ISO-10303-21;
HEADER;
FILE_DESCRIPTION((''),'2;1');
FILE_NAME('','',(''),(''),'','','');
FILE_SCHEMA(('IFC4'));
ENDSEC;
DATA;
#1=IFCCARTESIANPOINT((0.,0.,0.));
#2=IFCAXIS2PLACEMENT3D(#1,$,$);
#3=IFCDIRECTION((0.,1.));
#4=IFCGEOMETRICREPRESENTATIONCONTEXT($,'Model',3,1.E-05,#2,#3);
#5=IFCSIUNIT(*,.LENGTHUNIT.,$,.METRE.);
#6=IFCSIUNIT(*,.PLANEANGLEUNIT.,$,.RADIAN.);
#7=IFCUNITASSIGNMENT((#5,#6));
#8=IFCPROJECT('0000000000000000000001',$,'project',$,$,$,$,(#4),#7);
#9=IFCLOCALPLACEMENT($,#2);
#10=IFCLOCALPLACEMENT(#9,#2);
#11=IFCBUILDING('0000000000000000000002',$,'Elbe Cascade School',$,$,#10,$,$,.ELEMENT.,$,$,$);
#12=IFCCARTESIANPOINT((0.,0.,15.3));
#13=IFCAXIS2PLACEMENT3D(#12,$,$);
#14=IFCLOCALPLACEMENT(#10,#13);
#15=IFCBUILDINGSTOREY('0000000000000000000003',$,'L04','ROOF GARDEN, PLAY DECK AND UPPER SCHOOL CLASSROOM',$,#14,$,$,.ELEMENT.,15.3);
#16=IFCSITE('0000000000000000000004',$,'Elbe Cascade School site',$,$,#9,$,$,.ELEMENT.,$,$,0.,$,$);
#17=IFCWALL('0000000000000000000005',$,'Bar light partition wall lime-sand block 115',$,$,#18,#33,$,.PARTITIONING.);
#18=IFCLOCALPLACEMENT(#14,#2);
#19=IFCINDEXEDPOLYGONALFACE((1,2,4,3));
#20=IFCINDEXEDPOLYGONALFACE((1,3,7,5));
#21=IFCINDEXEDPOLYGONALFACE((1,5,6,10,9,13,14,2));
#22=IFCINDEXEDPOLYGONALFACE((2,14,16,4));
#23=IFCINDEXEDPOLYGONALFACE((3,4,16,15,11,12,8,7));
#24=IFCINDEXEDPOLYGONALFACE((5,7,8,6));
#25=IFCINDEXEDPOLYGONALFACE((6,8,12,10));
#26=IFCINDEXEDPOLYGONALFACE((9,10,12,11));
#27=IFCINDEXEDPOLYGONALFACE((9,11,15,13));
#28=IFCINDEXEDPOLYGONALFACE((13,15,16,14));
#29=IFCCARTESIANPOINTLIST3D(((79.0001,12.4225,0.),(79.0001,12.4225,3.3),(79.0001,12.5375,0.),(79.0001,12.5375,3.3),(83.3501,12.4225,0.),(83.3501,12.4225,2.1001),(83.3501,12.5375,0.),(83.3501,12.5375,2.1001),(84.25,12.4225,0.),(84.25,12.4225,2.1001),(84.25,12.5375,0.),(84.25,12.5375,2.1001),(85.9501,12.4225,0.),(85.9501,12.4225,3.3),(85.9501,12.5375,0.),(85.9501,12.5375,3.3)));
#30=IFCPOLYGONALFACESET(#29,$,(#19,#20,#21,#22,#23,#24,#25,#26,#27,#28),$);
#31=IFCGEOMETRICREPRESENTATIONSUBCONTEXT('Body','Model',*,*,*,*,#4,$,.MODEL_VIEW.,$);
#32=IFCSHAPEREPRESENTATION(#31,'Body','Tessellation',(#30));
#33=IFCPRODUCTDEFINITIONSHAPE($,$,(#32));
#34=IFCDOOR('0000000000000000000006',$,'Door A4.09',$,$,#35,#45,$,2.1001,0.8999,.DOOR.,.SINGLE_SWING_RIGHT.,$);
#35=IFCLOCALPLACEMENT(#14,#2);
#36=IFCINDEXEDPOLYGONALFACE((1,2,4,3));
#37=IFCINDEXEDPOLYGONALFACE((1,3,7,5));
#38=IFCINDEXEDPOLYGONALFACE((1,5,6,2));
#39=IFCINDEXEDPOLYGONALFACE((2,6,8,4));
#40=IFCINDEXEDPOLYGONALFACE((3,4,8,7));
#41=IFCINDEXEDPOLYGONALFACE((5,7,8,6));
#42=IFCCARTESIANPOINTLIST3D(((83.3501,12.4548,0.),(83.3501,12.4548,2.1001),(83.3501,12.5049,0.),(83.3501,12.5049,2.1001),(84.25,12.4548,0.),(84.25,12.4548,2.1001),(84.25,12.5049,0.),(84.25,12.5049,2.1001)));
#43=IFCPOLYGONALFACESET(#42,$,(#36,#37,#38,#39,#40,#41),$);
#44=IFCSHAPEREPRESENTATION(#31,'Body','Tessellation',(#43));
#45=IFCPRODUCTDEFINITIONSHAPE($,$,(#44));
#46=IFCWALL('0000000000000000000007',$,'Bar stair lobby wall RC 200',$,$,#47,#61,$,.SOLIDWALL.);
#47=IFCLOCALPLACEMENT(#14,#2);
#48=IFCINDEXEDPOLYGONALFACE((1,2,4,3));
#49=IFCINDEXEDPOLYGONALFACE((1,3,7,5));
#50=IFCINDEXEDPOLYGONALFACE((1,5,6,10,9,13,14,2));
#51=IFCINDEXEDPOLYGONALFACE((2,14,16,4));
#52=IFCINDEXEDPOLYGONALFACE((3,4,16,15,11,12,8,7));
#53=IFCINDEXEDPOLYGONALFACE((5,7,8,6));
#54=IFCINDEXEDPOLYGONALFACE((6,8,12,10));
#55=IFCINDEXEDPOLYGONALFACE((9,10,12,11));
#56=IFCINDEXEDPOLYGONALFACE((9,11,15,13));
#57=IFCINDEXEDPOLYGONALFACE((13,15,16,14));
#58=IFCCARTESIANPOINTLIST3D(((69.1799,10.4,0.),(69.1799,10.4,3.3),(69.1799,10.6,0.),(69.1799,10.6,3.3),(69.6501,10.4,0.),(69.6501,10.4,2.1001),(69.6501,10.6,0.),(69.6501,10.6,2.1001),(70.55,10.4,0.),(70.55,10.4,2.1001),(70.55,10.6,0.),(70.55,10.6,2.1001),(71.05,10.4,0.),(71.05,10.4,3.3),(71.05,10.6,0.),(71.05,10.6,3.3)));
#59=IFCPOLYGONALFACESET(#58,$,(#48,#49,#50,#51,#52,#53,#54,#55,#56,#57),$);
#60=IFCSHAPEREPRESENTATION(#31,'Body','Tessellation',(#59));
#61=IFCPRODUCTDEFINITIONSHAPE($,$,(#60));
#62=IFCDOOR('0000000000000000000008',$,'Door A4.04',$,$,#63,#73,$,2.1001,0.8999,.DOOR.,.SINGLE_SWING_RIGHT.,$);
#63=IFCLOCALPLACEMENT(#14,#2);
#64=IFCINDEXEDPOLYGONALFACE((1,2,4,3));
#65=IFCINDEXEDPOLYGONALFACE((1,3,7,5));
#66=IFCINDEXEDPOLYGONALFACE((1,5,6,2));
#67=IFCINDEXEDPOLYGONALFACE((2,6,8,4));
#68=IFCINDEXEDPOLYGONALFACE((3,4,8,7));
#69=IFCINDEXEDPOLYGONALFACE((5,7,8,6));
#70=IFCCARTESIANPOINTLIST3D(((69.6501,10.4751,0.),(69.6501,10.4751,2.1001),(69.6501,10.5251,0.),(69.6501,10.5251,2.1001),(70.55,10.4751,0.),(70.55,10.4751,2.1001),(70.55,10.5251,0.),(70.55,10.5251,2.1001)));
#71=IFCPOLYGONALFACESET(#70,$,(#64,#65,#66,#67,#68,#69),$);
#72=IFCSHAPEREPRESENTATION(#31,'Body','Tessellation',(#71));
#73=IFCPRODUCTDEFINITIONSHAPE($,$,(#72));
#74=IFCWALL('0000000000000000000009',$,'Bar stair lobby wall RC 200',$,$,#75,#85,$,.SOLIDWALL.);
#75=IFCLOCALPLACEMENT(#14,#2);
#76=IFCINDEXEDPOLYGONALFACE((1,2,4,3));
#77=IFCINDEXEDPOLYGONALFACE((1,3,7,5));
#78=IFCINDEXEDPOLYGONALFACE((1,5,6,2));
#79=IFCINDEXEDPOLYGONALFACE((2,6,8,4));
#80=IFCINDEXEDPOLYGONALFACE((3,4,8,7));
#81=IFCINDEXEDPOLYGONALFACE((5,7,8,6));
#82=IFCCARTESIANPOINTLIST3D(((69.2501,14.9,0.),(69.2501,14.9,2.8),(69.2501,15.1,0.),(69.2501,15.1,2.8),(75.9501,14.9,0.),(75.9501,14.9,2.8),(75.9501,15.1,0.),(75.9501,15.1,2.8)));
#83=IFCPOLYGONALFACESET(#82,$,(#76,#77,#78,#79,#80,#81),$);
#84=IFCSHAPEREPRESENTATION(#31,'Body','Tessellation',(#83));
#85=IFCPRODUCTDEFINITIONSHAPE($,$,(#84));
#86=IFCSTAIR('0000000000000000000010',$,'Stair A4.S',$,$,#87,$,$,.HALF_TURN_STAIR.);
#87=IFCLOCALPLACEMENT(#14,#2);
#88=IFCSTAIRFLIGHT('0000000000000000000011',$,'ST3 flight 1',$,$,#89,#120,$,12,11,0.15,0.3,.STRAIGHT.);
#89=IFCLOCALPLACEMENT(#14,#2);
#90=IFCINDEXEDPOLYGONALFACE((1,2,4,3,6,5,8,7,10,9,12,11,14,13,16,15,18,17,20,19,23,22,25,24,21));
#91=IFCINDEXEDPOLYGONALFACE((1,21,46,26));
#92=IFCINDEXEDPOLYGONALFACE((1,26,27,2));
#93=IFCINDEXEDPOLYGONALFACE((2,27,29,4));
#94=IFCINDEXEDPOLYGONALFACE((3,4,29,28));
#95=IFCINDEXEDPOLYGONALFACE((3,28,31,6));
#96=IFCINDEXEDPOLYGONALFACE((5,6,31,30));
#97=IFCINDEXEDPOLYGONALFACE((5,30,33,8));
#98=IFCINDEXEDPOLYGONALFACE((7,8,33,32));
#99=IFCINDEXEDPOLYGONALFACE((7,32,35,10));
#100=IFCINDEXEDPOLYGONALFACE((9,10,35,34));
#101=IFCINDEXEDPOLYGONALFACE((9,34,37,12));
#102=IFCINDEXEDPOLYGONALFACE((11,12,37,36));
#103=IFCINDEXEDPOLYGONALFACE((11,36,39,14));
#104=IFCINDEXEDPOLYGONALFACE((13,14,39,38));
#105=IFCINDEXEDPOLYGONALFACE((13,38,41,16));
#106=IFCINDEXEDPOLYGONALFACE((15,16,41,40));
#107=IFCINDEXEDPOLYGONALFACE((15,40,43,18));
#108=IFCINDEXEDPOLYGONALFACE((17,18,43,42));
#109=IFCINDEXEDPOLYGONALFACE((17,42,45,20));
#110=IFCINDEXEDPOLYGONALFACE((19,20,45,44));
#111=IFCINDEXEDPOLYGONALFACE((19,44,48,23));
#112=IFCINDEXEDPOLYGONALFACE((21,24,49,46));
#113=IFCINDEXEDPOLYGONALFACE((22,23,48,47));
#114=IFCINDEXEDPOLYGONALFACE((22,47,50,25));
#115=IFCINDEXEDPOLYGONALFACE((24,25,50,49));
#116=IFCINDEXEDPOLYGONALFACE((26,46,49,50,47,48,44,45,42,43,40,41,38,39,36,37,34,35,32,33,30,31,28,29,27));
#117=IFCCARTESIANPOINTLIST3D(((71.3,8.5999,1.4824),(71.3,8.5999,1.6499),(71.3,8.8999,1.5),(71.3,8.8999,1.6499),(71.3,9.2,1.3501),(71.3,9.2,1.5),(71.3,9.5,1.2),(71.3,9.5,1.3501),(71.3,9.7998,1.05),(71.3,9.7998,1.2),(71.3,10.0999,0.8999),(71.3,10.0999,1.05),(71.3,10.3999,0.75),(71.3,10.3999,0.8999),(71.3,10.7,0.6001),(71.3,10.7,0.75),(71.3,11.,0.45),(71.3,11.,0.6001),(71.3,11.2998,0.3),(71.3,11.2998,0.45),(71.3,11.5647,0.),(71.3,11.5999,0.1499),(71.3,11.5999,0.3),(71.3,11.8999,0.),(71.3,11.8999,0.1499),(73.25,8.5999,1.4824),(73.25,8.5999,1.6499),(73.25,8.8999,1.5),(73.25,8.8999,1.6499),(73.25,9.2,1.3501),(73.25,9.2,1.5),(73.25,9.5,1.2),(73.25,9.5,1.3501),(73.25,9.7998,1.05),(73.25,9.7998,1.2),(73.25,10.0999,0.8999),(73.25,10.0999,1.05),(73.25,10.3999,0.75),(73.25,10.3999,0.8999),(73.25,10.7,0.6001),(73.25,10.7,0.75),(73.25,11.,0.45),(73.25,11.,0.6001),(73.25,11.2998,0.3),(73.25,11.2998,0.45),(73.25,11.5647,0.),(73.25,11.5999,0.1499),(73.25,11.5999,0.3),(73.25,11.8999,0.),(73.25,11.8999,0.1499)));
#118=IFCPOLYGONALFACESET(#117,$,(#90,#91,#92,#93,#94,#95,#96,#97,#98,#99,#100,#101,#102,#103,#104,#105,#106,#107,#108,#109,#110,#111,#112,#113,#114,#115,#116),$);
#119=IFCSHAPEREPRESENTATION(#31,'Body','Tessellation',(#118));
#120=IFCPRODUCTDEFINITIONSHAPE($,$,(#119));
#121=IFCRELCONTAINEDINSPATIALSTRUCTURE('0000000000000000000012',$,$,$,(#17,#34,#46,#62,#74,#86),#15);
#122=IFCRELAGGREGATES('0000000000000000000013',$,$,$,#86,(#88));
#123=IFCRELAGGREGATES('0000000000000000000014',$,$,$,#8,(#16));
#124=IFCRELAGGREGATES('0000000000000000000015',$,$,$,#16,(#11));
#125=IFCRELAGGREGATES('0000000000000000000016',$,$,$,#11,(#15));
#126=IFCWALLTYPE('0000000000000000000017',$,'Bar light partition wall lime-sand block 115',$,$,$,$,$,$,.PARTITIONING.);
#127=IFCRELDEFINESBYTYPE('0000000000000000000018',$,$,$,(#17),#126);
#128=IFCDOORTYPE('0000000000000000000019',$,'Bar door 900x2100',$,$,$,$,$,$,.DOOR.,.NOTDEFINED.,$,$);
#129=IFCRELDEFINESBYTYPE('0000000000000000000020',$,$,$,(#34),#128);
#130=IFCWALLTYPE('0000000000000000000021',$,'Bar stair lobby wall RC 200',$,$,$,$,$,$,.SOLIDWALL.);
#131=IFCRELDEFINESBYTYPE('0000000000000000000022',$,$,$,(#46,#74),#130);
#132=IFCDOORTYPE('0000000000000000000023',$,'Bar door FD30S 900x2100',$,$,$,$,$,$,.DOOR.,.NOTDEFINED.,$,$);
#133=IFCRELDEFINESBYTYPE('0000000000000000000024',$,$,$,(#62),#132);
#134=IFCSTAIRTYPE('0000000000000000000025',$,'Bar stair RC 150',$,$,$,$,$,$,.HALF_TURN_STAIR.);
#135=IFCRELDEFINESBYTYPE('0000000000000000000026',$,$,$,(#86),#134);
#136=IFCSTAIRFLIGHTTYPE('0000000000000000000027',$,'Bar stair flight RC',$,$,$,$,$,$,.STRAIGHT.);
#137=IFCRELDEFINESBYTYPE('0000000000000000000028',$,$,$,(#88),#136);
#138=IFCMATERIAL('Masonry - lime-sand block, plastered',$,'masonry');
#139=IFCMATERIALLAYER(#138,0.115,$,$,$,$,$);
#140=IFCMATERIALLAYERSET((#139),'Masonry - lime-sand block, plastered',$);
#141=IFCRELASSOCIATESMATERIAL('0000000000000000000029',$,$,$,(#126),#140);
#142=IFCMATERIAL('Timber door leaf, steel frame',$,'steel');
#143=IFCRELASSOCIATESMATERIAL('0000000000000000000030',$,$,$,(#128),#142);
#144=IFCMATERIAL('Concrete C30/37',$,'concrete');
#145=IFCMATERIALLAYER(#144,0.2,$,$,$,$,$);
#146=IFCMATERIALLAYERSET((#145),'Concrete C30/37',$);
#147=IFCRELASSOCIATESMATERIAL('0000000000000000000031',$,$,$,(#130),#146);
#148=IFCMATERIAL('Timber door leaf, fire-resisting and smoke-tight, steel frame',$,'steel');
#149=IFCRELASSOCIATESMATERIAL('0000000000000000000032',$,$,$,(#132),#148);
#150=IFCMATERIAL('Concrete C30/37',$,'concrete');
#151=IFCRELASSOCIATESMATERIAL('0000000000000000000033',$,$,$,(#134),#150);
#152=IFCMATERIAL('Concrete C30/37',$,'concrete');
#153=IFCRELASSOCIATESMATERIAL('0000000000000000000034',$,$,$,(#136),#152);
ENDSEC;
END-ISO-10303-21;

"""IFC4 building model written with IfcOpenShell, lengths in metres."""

from ifc_helpers import new_model, si_unit, direction, frame, frame_2d, origin, place, context, subcontext, project, spatial, polyline, rectangle, outline, extrude, material, layer, layer_set, type_object, element, fill, aggregate, save


model = new_model("IFC4")

# Units and contexts
model_context = context("Model", 3, precision=1e-05, world=origin(), true_north=direction((0.0, 1.0)))
body_context = subcontext(model_context, "Body", "Model", "MODEL_VIEW")
ifc_project = project(units=[si_unit("LENGTHUNIT", "METRE"), si_unit("PLANEANGLEUNIT", "RADIAN")], contexts=[model_context])

# Site, building, storey
site_placement = place(None, origin())
site = spatial("IfcSite", under=ifc_project, at=site_placement, Name="Elbe Cascade School site", CompositionType="ELEMENT", RefElevation=0.0)
building_placement = place(site_placement, origin())
building = spatial("IfcBuilding", under=site, at=building_placement, Name="Elbe Cascade School", CompositionType="ELEMENT")
storey_placement = place(building_placement, frame((0.0, 0.0, 15.3)))
storey = spatial("IfcBuildingStorey", under=building, at=storey_placement, Name="L04", Description="ROOF GARDEN, PLAY DECK AND UPPER SCHOOL CLASSROOM", CompositionType="ELEMENT", Elevation=15.3)

# Walls, openings, doors
ifc_material_1 = material(Name="Masonry - lime-sand block, plastered", Category="masonry")
ifc_layer_1 = layer(ifc_material_1, 0.115)
ifc_layer_set_1 = layer_set([ifc_layer_1], Name="Masonry - lime-sand block, plastered")
wall_type_1 = type_object("IfcWallType", Name="Bar light partition wall lime-sand block 115", PredefinedType="PARTITIONING", material=ifc_layer_set_1)
wall_1_placement = place(storey_placement, frame((79.0, 12.48, 0.0), z_axis=(0.0, 0.0, 1.0), x_axis=(1.0, 0.0, 0.0)))
wall_1 = element("IfcWall", 1, at=wall_1_placement, inside=storey, type_object=wall_type_1, Name="Bar light partition wall lime-sand block 115", PredefinedType="PARTITIONING", context=body_context, shape_type="SweptSolid", body=[
    extrude(rectangle(XDim=6.95, YDim=0.115, at=frame_2d((3.4751, 0.0))), origin(), (0.0, 0.0, 1.0), 3.3),
])
opening_1_placement = place(wall_1_placement, frame((4.3501, 0.0, 0.0)))
opening_1 = element("IfcOpeningElement", 2, at=opening_1_placement, cuts=wall_1, PredefinedType="OPENING", context=body_context, shape_type="SweptSolid", body=[
    extrude(rectangle(XDim=0.8999, YDim=2.1001, at=frame_2d((0.45, 1.05))), frame((0.0, 0.0674, 0.0), z_axis=(0.0, -1.0, 0.0), x_axis=(1.0, 0.0, 0.0)), (0.0, 0.0, 1.0), 0.135),
])
ifc_material_2 = material(Name="Timber door leaf, steel frame", Category="steel")
door_type_1 = type_object("IfcDoorType", Name="Bar door 900x2100", OperationType="NOTDEFINED", PredefinedType="DOOR", material=ifc_material_2)
door_1_placement = place(opening_1_placement, origin())
door_1 = element("IfcDoor", 3, at=door_1_placement, inside=storey, type_object=door_type_1, Name="Door A4.09", OperationType="SINGLE_SWING_RIGHT", OverallHeight=2.1001, OverallWidth=0.8999, PredefinedType="DOOR", context=body_context, shape_type="SweptSolid", body=[
    extrude(rectangle(XDim=0.8999, YDim=2.1001, at=frame_2d((0.45, 1.05))), frame((0.0, 0.0249, 0.0), z_axis=(0.0, -1.0, 0.0), x_axis=(1.0, 0.0, 0.0)), (0.0, 0.0, 1.0), 0.05),
])
fill(opening_1, door_1)
ifc_material_3 = material(Name="Concrete C30/37", Category="concrete")
ifc_layer_2 = layer(ifc_material_3, 0.2)
ifc_layer_set_2 = layer_set([ifc_layer_2], Name="Concrete C30/37")
wall_type_2 = type_object("IfcWallType", Name="Bar stair lobby wall RC 200", PredefinedType="SOLIDWALL", material=ifc_layer_set_2)
wall_2_placement = place(storey_placement, frame((71.05, 10.5, 0.0), z_axis=(0.0, 0.0, 1.0), x_axis=(-1.0, 0.0, 0.0)))
wall_2 = element("IfcWall", 4, at=wall_2_placement, inside=storey, type_object=wall_type_2, Name="Bar stair lobby wall RC 200", PredefinedType="SOLIDWALL", context=body_context, shape_type="SweptSolid", body=[
    extrude(rectangle(XDim=1.8701, YDim=0.2, at=frame_2d((0.9351, 0.0))), origin(), (0.0, 0.0, 1.0), 3.3),
])
opening_2_placement = place(wall_2_placement, frame((0.5, 0.0, 0.0)))
opening_2 = element("IfcOpeningElement", 5, at=opening_2_placement, cuts=wall_2, PredefinedType="OPENING", context=body_context, shape_type="SweptSolid", body=[
    extrude(rectangle(XDim=0.8999, YDim=2.1001, at=frame_2d((0.45, 1.05))), frame((0.0, 0.1099, 0.0), z_axis=(0.0, -1.0, 0.0), x_axis=(1.0, 0.0, 0.0)), (0.0, 0.0, 1.0), 0.22),
])
ifc_material_4 = material(Name="Timber door leaf, fire-resisting and smoke-tight, steel frame", Category="steel")
door_type_2 = type_object("IfcDoorType", Name="Bar door FD30S 900x2100", OperationType="NOTDEFINED", PredefinedType="DOOR", material=ifc_material_4)
door_2_placement = place(opening_2_placement, origin())
door_2 = element("IfcDoor", 6, at=door_2_placement, inside=storey, type_object=door_type_2, Name="Door A4.04", OperationType="SINGLE_SWING_RIGHT", OverallHeight=2.1001, OverallWidth=0.8999, PredefinedType="DOOR", context=body_context, shape_type="SweptSolid", body=[
    extrude(rectangle(XDim=0.8999, YDim=2.1001, at=frame_2d((0.45, 1.05))), frame((0.0, 0.0249, 0.0), z_axis=(0.0, -1.0, 0.0), x_axis=(1.0, 0.0, 0.0)), (0.0, 0.0, 1.0), 0.05),
])
fill(opening_2, door_2)

# Wall
wall_3_placement = place(storey_placement, frame((69.25, 15.0, 0.0), z_axis=(0.0, 0.0, 1.0), x_axis=(1.0, 0.0, 0.0)))
element("IfcWall", 7, at=wall_3_placement, inside=storey, type_object=wall_type_2, Name="Bar stair lobby wall RC 200", PredefinedType="SOLIDWALL", context=body_context, shape_type="SweptSolid", body=[
    extrude(rectangle(XDim=6.7, YDim=0.2, at=frame_2d((3.3501, 0.0))), origin(), (0.0, 0.0, 1.0), 2.8),
])

# Stair, stair flight
ifc_material_5 = material(Name="Concrete C30/37", Category="concrete")
stair_type = type_object("IfcStairType", Name="Bar stair RC 150", PredefinedType="HALF_TURN_STAIR", material=ifc_material_5)
stair_placement = place(storey_placement, origin())
stair = element("IfcStair", 8, at=stair_placement, inside=storey, type_object=stair_type, Name="Stair A4.S", PredefinedType="HALF_TURN_STAIR")
ifc_material_6 = material(Name="Concrete C30/37", Category="concrete")
stair_flight_type = type_object("IfcStairFlightType", Name="Bar stair flight RC", PredefinedType="STRAIGHT", material=ifc_material_6)
stair_flight_placement = place(storey_placement, frame((72.2749, 11.8999, 0.0), z_axis=(0.0, 0.0, 1.0), x_axis=(0.0, -1.0, 0.0)))
stair_flight = element("IfcStairFlight", 9, at=stair_flight_placement, type_object=stair_flight_type, Name="ST3 flight 1", NumberOfRisers=12, NumberOfTreads=11, PredefinedType="STRAIGHT", RiserHeight=0.15, TreadLength=0.3, context=body_context, shape_type="SweptSolid", body=[
    extrude(outline(polyline([(0.0, 0.0), (0.0, 0.1499), (0.3, 0.1499), (0.3, 0.3), (0.6001, 0.3), (0.6001, 0.45), (0.8999, 0.45), (0.8999, 0.6001), (1.2, 0.6001), (1.2, 0.75), (1.5, 0.75), (1.5, 0.8999), (1.8, 0.8999), (1.8, 1.05), (2.1001, 1.05), (2.1001, 1.2), (2.3999, 1.2), (2.3999, 1.3501), (2.7, 1.3501), (2.7, 1.5), (3.0, 1.5), (3.0, 1.6499), (3.3, 1.6499), (3.3, 1.8), (3.3, 1.4824), (0.3352, 0.0), (0.0, 0.0)])), frame((0.0, 0.9751, 0.0), z_axis=(0.0, -1.0, 0.0), x_axis=(1.0, 0.0, 0.0)), (0.0, 0.0, 1.0), 1.95),
])
aggregate(stair, [stair_flight])

save(model, "model.ifc")
